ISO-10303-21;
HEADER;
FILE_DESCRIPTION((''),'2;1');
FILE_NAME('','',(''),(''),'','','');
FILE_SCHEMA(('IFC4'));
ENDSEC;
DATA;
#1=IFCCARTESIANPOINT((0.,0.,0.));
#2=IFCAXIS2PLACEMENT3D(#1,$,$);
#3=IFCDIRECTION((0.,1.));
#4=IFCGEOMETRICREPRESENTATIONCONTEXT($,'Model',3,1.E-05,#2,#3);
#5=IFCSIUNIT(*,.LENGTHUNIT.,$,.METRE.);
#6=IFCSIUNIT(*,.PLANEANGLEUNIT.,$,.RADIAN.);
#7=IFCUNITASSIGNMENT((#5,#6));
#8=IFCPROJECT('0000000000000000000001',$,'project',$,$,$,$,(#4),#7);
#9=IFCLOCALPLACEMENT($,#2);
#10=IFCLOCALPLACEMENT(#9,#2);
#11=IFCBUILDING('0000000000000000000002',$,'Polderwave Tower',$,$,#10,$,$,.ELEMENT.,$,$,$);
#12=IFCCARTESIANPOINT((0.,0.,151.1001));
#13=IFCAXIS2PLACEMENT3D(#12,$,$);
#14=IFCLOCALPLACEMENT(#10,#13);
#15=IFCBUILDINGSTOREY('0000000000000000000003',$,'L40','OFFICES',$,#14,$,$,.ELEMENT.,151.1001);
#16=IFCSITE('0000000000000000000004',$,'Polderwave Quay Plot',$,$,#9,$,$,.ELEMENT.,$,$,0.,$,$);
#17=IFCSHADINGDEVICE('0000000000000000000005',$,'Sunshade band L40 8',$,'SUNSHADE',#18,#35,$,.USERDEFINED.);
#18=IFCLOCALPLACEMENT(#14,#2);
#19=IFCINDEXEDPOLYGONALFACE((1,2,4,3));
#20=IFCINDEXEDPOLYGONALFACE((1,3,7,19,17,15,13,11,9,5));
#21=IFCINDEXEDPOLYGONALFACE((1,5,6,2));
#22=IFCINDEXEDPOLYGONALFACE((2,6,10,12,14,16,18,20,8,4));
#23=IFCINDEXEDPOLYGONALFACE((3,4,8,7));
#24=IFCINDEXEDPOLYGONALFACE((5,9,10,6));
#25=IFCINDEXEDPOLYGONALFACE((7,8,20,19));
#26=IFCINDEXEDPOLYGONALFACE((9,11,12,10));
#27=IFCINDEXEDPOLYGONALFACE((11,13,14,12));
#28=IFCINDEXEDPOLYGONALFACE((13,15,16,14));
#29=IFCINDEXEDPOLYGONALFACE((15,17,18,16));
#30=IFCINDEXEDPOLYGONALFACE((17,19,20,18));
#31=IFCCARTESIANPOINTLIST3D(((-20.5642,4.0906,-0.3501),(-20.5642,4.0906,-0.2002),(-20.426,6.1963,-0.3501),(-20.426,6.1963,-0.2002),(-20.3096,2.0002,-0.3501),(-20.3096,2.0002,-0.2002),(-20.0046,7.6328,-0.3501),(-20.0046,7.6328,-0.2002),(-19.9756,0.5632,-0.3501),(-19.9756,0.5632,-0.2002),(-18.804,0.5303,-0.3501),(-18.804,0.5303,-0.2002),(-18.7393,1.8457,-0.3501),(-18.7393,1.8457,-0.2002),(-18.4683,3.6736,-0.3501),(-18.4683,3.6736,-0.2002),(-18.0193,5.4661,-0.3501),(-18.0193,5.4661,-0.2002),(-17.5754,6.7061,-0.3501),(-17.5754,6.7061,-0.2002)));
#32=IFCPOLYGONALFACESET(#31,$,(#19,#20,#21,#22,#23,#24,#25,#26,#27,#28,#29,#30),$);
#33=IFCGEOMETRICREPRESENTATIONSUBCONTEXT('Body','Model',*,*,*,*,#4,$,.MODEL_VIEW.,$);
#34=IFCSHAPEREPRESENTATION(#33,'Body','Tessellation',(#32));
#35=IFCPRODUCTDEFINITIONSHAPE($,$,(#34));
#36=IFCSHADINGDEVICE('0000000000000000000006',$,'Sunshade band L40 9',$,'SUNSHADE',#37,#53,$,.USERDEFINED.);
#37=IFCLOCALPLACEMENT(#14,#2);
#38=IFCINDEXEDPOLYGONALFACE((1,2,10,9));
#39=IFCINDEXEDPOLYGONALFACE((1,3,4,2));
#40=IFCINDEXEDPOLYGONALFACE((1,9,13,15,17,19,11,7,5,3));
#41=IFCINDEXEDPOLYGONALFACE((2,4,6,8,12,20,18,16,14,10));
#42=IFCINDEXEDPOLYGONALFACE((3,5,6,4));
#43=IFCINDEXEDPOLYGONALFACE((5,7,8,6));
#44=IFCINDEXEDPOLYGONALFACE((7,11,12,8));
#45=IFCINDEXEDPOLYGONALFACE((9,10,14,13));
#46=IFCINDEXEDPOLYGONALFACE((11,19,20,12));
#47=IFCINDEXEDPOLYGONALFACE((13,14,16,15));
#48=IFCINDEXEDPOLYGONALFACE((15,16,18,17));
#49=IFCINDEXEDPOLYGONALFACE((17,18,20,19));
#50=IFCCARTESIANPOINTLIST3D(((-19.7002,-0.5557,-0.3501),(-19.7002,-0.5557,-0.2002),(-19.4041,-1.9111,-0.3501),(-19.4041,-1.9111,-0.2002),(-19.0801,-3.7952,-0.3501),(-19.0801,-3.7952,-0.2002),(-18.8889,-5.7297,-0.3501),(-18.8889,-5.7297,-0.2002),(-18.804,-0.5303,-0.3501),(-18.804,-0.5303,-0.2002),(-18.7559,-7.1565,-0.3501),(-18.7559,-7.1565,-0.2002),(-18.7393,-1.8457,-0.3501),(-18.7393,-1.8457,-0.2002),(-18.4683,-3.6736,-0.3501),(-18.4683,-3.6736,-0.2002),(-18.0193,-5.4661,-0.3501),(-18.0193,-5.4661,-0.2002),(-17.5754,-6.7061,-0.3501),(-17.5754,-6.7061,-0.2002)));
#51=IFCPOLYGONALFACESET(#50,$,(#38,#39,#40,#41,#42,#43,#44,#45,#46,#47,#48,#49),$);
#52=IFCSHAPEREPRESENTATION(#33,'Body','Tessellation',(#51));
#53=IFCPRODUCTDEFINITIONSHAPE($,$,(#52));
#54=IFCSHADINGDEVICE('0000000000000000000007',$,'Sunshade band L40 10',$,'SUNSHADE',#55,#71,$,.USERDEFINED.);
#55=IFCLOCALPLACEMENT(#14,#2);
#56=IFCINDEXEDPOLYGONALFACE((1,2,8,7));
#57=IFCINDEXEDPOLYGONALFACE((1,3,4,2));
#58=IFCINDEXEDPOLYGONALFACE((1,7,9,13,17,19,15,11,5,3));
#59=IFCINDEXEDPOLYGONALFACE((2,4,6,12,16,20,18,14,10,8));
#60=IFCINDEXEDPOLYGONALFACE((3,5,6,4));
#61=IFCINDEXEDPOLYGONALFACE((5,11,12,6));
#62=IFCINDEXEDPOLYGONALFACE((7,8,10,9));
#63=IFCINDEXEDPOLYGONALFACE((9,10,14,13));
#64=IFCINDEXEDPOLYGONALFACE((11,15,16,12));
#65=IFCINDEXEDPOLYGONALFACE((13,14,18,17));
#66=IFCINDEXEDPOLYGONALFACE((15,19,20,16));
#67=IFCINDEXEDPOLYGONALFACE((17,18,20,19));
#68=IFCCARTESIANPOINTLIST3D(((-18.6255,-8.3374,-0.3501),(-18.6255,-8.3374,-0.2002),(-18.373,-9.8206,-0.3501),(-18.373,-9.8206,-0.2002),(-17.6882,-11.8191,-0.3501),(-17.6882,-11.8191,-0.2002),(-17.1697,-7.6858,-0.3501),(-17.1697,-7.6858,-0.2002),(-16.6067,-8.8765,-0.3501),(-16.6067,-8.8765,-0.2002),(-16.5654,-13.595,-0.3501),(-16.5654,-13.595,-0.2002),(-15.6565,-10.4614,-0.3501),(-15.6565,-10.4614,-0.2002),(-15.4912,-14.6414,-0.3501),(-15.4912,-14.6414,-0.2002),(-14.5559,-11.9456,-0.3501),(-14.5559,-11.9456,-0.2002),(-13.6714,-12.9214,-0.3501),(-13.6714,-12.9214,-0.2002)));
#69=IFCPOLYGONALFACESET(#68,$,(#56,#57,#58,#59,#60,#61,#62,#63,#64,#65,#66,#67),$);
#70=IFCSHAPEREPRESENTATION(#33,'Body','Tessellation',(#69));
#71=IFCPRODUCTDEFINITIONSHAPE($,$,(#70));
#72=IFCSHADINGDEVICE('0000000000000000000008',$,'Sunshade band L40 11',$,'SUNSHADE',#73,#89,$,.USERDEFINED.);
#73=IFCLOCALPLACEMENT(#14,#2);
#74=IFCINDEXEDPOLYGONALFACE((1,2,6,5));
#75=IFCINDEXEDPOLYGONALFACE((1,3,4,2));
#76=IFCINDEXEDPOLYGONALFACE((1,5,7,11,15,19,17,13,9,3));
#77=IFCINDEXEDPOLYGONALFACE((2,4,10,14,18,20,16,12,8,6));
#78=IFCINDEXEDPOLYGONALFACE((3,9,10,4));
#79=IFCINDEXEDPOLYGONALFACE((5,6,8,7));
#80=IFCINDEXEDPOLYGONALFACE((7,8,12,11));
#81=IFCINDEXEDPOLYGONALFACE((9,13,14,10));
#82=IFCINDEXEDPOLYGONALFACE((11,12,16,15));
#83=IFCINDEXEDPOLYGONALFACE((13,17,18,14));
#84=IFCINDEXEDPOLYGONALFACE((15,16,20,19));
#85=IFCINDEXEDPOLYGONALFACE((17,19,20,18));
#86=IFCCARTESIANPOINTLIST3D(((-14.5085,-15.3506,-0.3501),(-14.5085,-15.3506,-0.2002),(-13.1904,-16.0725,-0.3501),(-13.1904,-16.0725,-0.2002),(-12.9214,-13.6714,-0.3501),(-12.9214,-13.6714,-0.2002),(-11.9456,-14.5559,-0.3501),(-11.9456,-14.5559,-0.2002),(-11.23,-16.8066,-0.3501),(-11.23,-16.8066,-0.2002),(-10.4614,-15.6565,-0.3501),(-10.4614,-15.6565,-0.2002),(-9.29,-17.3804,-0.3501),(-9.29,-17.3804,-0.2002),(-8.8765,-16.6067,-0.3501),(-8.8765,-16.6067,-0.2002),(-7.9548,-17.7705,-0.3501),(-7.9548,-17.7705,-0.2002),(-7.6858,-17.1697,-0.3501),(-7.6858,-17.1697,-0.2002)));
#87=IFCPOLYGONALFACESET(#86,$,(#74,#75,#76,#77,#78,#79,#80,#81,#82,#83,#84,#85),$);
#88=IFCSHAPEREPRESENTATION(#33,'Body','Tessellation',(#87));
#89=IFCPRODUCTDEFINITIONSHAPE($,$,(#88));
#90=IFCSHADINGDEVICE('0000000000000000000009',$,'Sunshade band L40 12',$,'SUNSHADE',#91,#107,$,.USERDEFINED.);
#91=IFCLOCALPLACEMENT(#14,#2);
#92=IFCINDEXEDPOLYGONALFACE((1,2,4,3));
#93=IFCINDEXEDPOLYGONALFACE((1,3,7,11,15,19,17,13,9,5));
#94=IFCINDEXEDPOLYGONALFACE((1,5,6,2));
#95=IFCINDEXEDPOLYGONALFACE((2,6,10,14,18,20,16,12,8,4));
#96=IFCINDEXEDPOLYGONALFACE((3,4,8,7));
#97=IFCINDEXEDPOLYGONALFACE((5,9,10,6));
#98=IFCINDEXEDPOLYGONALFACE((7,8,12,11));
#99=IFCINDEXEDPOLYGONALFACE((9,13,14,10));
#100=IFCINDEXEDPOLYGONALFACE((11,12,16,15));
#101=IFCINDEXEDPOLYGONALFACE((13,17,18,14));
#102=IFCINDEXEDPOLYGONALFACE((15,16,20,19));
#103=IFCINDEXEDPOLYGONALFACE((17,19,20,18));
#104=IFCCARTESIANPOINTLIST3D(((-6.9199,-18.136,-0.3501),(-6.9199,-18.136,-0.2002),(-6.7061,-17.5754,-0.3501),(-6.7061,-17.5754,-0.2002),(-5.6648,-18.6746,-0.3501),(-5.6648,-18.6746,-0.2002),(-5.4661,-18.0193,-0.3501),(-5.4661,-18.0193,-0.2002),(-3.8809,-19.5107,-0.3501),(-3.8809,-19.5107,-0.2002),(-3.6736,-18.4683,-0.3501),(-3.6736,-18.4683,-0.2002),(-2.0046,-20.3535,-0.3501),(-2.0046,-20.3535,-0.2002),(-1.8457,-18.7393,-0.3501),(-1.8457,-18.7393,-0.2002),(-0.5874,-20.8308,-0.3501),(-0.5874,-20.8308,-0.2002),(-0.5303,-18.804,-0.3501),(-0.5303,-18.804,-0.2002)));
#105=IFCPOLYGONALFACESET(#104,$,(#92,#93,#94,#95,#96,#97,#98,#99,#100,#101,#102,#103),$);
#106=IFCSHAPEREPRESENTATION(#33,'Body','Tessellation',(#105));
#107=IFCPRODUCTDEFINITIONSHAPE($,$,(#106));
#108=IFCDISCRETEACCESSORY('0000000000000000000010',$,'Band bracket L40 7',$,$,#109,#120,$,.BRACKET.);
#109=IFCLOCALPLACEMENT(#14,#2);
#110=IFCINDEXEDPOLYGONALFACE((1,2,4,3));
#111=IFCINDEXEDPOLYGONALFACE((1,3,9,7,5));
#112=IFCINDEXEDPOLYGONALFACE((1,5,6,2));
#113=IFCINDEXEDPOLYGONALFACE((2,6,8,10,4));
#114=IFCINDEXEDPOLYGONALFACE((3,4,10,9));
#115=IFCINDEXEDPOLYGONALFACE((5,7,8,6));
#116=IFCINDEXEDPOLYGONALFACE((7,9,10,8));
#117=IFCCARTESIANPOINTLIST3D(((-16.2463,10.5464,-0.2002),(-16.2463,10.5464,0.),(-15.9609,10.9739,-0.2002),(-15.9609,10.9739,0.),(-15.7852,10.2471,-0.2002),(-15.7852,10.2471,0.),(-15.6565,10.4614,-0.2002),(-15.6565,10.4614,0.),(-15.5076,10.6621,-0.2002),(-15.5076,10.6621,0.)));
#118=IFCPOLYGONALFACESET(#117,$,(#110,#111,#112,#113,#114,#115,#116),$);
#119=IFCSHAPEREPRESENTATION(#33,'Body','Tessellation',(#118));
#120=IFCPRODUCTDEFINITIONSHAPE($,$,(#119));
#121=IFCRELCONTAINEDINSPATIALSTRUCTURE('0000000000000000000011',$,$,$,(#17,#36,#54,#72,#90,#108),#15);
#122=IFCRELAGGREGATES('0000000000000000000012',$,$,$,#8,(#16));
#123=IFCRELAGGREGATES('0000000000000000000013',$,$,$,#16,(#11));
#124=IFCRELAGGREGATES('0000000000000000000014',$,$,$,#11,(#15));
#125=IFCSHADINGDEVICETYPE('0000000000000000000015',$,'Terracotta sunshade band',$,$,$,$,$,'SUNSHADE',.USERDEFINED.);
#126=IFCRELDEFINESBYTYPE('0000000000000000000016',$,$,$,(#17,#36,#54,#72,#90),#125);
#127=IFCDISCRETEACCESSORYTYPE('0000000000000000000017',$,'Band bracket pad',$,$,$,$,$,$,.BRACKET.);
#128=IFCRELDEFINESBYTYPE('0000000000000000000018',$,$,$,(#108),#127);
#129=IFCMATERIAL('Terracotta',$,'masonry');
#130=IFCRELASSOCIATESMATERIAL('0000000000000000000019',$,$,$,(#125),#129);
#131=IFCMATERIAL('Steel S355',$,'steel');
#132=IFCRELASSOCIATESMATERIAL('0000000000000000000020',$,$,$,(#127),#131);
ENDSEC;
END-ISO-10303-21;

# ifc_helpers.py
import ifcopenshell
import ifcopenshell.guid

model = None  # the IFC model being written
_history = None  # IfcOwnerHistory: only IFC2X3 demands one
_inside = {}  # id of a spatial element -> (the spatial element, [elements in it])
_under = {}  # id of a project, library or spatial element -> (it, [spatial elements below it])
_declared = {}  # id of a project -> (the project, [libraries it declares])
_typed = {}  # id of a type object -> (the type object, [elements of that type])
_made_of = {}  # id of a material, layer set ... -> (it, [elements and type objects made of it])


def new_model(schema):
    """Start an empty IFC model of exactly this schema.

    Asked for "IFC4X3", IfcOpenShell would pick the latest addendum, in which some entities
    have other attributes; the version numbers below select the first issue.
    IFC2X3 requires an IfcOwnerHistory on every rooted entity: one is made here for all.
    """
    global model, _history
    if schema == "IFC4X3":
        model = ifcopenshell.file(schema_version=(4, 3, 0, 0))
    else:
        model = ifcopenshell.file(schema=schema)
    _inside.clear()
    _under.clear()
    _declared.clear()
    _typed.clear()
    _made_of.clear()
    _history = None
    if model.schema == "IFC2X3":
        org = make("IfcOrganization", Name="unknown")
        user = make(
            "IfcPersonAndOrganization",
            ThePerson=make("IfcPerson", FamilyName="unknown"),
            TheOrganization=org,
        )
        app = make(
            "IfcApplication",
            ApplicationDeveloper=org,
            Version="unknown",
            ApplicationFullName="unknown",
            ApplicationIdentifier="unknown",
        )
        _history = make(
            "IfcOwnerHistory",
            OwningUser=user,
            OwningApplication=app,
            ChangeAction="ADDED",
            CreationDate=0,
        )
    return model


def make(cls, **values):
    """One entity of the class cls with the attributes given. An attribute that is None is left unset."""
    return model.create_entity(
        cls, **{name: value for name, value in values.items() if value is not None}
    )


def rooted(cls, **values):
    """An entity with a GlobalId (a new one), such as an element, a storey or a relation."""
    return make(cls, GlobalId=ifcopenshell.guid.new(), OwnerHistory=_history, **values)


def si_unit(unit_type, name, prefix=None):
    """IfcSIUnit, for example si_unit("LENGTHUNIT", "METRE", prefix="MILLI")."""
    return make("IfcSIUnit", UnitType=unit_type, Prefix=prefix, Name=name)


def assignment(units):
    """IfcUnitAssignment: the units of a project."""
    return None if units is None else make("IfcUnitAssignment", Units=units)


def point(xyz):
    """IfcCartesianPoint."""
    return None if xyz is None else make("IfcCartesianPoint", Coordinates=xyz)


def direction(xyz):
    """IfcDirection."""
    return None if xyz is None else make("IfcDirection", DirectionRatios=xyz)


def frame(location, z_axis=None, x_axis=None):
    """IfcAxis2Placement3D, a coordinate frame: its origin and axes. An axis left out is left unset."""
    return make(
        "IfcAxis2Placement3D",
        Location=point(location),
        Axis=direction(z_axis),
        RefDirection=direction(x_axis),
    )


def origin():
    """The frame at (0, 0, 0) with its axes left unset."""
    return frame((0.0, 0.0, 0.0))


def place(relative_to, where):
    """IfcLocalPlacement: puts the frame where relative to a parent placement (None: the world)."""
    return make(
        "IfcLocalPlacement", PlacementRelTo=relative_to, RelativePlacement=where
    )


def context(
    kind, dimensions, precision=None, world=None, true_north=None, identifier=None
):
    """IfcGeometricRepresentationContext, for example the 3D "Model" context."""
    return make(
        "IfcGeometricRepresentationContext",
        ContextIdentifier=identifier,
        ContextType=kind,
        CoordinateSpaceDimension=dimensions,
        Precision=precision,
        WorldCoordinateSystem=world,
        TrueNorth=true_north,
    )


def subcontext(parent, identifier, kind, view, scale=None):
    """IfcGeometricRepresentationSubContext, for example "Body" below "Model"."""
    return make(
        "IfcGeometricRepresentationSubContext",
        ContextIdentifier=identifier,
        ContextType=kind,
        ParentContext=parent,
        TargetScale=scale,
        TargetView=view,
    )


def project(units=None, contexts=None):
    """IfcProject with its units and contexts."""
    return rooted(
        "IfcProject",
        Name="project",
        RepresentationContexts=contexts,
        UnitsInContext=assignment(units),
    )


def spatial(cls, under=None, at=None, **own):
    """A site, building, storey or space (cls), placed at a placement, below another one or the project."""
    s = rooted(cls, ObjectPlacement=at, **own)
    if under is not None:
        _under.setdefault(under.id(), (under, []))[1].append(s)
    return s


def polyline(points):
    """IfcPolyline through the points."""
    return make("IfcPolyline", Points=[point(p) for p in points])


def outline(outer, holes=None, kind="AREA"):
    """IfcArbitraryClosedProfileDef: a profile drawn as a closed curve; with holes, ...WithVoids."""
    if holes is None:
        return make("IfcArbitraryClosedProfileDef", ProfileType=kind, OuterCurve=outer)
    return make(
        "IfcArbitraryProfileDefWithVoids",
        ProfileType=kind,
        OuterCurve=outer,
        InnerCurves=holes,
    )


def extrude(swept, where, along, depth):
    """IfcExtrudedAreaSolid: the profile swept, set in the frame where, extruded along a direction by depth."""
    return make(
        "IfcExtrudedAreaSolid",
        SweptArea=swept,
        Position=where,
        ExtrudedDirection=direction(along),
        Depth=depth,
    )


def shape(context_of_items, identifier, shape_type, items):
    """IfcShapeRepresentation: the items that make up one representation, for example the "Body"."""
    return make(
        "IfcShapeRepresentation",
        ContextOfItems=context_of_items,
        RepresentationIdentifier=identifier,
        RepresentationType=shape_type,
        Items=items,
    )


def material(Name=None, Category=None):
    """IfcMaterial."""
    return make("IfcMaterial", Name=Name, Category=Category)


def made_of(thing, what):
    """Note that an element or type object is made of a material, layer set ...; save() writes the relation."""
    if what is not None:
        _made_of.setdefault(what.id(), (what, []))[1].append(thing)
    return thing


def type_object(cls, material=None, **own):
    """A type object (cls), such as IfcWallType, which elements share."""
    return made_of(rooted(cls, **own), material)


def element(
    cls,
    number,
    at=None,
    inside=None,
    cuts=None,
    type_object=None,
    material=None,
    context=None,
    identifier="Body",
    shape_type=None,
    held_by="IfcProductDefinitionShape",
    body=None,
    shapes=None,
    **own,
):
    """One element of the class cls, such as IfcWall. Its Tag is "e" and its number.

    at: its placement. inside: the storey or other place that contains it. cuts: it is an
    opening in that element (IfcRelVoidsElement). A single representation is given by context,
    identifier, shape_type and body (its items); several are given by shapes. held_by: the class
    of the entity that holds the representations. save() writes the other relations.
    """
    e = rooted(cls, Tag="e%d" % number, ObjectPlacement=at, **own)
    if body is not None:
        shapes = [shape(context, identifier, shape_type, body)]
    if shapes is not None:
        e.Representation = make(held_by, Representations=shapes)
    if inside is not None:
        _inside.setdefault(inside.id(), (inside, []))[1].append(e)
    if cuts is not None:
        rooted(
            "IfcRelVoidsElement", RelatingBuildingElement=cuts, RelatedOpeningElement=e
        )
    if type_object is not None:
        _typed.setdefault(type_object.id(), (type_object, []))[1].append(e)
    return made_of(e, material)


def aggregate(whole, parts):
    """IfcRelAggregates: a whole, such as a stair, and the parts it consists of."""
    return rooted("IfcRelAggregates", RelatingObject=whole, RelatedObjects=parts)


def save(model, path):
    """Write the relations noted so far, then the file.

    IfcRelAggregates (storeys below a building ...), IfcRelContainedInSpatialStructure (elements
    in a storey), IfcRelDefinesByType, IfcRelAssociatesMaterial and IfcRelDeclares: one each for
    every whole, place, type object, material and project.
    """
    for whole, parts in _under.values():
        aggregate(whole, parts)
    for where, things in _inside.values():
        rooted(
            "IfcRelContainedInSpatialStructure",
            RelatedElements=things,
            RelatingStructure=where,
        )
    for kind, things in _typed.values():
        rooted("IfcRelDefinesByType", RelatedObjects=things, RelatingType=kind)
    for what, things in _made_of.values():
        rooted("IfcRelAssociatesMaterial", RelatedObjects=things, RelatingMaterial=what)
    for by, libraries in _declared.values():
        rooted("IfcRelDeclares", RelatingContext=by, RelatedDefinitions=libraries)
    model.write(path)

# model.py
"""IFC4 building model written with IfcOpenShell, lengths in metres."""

from ifc_helpers import new_model, si_unit, direction, frame, origin, place, context, subcontext, project, spatial, polyline, outline, extrude, material, type_object, element, save


model = new_model("IFC4")

# Units and contexts
model_context = context("Model", 3, precision=1e-05, world=origin(), true_north=direction((0.0, 1.0)))
body_context = subcontext(model_context, "Body", "Model", "MODEL_VIEW")
ifc_project = project(units=[si_unit("LENGTHUNIT", "METRE"), si_unit("PLANEANGLEUNIT", "RADIAN")], contexts=[model_context])

# Site, building, storey
site_placement = place(None, origin())
site = spatial("IfcSite", under=ifc_project, at=site_placement, Name="Polderwave Quay Plot", CompositionType="ELEMENT", RefElevation=0.0)
building_placement = place(site_placement, origin())
building = spatial("IfcBuilding", under=site, at=building_placement, Name="Polderwave Tower", CompositionType="ELEMENT")
storey_placement = place(building_placement, frame((0.0, 0.0, 151.1001)))
storey = spatial("IfcBuildingStorey", under=building, at=storey_placement, Name="L40", Description="OFFICES", CompositionType="ELEMENT", Elevation=151.1001)

# Shading devices
ifc_material_1 = material(Name="Terracotta", Category="masonry")
shading_device_type = type_object("IfcShadingDeviceType", Name="Terracotta sunshade band", ElementType="SUNSHADE", PredefinedType="USERDEFINED", material=ifc_material_1)
shading_device_1_placement = place(storey_placement, frame((0.0, 0.0, -0.3501)))
element("IfcShadingDevice", 1, at=shading_device_1_placement, inside=storey, type_object=shading_device_type, Name="Sunshade band L40 8", ObjectType="SUNSHADE", PredefinedType="USERDEFINED", context=body_context, shape_type="SweptSolid", body=[
    extrude(outline(polyline([(-17.5754, 6.7061), (-18.0193, 5.4661), (-18.4683, 3.6736), (-18.7393, 1.8457), (-18.804, 0.5303), (-19.9756, 0.5632), (-20.3096, 2.0002), (-20.5642, 4.0906), (-20.426, 6.1963), (-20.0046, 7.6328), (-17.5754, 6.7061)])), origin(), (0.0, 0.0, 1.0), 0.1499),
])
shading_device_2_placement = place(storey_placement, frame((0.0, 0.0, -0.3501)))
element("IfcShadingDevice", 2, at=shading_device_2_placement, inside=storey, type_object=shading_device_type, Name="Sunshade band L40 9", ObjectType="SUNSHADE", PredefinedType="USERDEFINED", context=body_context, shape_type="SweptSolid", body=[
    extrude(outline(polyline([(-18.804, -0.5303), (-18.7393, -1.8457), (-18.4683, -3.6736), (-18.0193, -5.4661), (-17.5754, -6.7061), (-18.7559, -7.1565), (-18.8889, -5.7297), (-19.0801, -3.7952), (-19.4041, -1.9111), (-19.7002, -0.5557), (-18.804, -0.5303)])), origin(), (0.0, 0.0, 1.0), 0.1499),
])
shading_device_3_placement = place(storey_placement, frame((0.0, 0.0, -0.3501)))
element("IfcShadingDevice", 3, at=shading_device_3_placement, inside=storey, type_object=shading_device_type, Name="Sunshade band L40 10", ObjectType="SUNSHADE", PredefinedType="USERDEFINED", context=body_context, shape_type="SweptSolid", body=[
    extrude(outline(polyline([(-17.1697, -7.6858), (-16.6067, -8.8765), (-15.6565, -10.4614), (-14.5559, -11.9456), (-13.6714, -12.9214), (-15.4912, -14.6414), (-16.5654, -13.595), (-17.6882, -11.8191), (-18.373, -9.8206), (-18.6255, -8.3374), (-17.1697, -7.6858)])), origin(), (0.0, 0.0, 1.0), 0.1499),
])
shading_device_4_placement = place(storey_placement, frame((0.0, 0.0, -0.3501)))
element("IfcShadingDevice", 4, at=shading_device_4_placement, inside=storey, type_object=shading_device_type, Name="Sunshade band L40 11", ObjectType="SUNSHADE", PredefinedType="USERDEFINED", context=body_context, shape_type="SweptSolid", body=[
    extrude(outline(polyline([(-12.9214, -13.6714), (-11.9456, -14.5559), (-10.4614, -15.6565), (-8.8765, -16.6067), (-7.6858, -17.1697), (-7.9548, -17.7705), (-9.29, -17.3804), (-11.23, -16.8066), (-13.1904, -16.0725), (-14.5085, -15.3506), (-12.9214, -13.6714)])), origin(), (0.0, 0.0, 1.0), 0.1499),
])
shading_device_5_placement = place(storey_placement, frame((0.0, 0.0, -0.3501)))
element("IfcShadingDevice", 5, at=shading_device_5_placement, inside=storey, type_object=shading_device_type, Name="Sunshade band L40 12", ObjectType="SUNSHADE", PredefinedType="USERDEFINED", context=body_context, shape_type="SweptSolid", body=[
    extrude(outline(polyline([(-6.7061, -17.5754), (-5.4661, -18.0193), (-3.6736, -18.4683), (-1.8457, -18.7393), (-0.5303, -18.804), (-0.5874, -20.8308), (-2.0046, -20.3535), (-3.8809, -19.5107), (-5.6648, -18.6746), (-6.9199, -18.136), (-6.7061, -17.5754)])), origin(), (0.0, 0.0, 1.0), 0.1499),
])

# Discrete accessory
ifc_material_2 = material(Name="Steel S355", Category="steel")
discrete_accessory_type = type_object("IfcDiscreteAccessoryType", Name="Band bracket pad", PredefinedType="BRACKET", material=ifc_material_2)
discrete_accessory_placement = place(storey_placement, frame((0.0, 0.0, -0.2002)))
element("IfcDiscreteAccessory", 6, at=discrete_accessory_placement, inside=storey, type_object=discrete_accessory_type, Name="Band bracket L40 7", PredefinedType="BRACKET", context=body_context, shape_type="SweptSolid", body=[
    extrude(outline(polyline([(-15.5076, 10.6621), (-15.6565, 10.4614), (-15.7852, 10.2471), (-16.2463, 10.5464), (-15.9609, 10.9739), (-15.5076, 10.6621)])), origin(), (0.0, 0.0, 1.0), 0.2002),
])

save(model, "model.ifc")
